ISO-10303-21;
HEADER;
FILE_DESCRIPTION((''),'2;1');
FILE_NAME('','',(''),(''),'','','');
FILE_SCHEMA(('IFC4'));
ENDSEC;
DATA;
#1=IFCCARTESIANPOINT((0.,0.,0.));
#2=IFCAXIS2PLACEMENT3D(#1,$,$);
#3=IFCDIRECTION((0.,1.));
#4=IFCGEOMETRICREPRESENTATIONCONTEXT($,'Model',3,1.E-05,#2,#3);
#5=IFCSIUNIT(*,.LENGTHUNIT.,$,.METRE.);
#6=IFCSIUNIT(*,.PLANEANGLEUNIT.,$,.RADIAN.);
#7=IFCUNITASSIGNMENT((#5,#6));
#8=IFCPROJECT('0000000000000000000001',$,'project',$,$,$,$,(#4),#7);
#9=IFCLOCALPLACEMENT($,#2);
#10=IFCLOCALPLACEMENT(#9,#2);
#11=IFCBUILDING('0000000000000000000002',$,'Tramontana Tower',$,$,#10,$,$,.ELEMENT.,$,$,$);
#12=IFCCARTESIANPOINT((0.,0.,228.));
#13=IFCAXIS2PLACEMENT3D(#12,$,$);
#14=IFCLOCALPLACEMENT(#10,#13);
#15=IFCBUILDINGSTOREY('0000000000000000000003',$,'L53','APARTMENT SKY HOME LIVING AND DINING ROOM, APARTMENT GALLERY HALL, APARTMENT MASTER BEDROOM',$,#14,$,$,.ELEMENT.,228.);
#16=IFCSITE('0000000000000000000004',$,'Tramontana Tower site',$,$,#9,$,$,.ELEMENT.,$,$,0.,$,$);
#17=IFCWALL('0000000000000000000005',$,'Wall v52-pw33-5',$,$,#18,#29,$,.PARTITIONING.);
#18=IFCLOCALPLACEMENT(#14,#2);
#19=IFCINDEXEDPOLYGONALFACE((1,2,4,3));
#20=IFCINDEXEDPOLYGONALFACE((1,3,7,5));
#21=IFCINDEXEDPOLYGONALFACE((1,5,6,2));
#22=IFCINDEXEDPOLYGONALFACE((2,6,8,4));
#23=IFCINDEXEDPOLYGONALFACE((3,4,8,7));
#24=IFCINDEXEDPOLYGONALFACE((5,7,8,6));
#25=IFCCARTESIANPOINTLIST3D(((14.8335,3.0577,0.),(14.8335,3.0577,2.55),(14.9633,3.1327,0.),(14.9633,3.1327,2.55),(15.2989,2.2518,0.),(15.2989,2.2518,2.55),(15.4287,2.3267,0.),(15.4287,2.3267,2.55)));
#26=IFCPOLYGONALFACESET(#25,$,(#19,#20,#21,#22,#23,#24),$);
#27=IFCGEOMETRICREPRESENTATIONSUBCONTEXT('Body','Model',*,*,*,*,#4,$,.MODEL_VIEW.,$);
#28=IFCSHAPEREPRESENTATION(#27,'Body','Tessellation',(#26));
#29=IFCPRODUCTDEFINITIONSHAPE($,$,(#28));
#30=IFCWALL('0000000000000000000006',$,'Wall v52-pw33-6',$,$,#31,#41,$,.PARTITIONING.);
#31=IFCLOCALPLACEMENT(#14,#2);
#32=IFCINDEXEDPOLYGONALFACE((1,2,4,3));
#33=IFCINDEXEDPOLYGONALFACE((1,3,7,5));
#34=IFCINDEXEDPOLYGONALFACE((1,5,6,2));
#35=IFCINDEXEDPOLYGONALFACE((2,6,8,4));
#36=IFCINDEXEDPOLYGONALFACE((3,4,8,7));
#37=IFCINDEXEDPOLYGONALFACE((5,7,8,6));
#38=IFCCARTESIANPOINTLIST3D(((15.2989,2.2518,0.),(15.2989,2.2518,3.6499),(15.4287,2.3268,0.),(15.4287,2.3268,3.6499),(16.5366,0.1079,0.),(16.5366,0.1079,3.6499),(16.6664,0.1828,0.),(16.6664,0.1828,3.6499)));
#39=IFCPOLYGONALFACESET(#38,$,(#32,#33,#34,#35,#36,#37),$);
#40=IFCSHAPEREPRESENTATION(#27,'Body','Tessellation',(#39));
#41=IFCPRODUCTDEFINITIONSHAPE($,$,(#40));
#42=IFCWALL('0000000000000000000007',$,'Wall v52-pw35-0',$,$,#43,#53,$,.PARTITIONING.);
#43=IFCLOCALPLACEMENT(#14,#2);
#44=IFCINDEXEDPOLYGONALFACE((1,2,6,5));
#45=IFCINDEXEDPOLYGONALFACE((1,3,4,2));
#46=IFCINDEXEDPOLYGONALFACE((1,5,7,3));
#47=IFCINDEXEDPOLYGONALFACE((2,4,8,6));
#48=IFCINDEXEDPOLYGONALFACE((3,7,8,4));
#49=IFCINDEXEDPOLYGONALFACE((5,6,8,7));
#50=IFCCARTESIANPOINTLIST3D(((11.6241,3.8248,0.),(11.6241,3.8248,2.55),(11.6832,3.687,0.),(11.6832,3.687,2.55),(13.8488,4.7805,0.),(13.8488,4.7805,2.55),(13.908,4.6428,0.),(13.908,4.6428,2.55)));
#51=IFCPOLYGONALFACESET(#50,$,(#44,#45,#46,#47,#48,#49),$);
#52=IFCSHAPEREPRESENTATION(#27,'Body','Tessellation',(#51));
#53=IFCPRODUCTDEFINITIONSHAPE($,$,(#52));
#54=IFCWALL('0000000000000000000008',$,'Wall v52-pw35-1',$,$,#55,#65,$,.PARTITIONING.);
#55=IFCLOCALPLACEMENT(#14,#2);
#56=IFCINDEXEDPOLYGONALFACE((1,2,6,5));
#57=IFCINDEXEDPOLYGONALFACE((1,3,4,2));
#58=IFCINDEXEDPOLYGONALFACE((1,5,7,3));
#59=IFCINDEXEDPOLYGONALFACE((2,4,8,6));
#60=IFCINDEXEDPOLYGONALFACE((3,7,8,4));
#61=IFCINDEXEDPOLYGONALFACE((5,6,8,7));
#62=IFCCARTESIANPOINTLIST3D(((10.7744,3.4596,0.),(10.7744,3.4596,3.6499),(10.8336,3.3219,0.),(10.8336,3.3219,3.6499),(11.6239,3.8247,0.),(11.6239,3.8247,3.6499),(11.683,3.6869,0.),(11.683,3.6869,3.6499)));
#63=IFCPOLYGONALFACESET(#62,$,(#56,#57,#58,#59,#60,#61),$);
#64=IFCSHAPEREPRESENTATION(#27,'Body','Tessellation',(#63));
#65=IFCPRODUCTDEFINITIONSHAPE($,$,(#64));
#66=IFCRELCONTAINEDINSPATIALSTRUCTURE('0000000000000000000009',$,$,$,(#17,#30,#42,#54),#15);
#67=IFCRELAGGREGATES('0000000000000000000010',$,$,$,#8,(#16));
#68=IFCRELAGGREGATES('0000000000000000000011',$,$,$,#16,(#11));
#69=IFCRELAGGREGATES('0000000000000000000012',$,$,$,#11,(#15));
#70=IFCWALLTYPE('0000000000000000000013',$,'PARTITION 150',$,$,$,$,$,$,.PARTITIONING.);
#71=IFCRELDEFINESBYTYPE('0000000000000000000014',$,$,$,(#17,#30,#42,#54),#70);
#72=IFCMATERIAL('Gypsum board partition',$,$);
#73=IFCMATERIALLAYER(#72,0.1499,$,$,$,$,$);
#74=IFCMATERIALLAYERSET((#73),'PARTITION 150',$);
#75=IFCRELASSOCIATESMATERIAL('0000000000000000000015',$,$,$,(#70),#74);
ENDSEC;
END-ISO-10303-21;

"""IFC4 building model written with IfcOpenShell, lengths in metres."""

from ifc_helpers import new_model, si_unit, direction, frame, frame_2d, origin, place, context, subcontext, project, spatial, rectangle, extrude, material, layer, layer_set, type_object, element, save


model = new_model("IFC4")

# Units and contexts
model_context = context("Model", 3, precision=1e-05, world=origin(), true_north=direction((0.0, 1.0)))
body_context = subcontext(model_context, "Body", "Model", "MODEL_VIEW")
ifc_project = project(units=[si_unit("LENGTHUNIT", "METRE"), si_unit("PLANEANGLEUNIT", "RADIAN")], contexts=[model_context])

# Site, building, storey
site_placement = place(None, origin())
site = spatial("IfcSite", under=ifc_project, at=site_placement, Name="Tramontana Tower site", CompositionType="ELEMENT", RefElevation=0.0)
building_placement = place(site_placement, origin())
building = spatial("IfcBuilding", under=site, at=building_placement, Name="Tramontana Tower", CompositionType="ELEMENT")
storey_placement = place(building_placement, frame((0.0, 0.0, 228.0)))
storey = spatial("IfcBuildingStorey", under=building, at=storey_placement, Name="L53", Description="APARTMENT SKY HOME LIVING AND DINING ROOM, APARTMENT GALLERY HALL, APARTMENT MASTER BEDROOM", CompositionType="ELEMENT", Elevation=228.0)

# Shared definitions
ifc_material_1 = material(Name="Gypsum board partition")
ifc_layer_1 = layer(ifc_material_1, 0.1499)
ifc_layer_set_1 = layer_set([ifc_layer_1], Name="PARTITION 150")
wall_type_1 = type_object("IfcWallType", Name="PARTITION 150", PredefinedType="PARTITIONING", material=ifc_layer_set_1)

# Walls
wall_1_placement = place(storey_placement, frame((14.8984, 3.0952, 0.0), z_axis=(0.0, 0.0, 1.0), x_axis=(0.500033, -0.866006, 0.0)))
element("IfcWall", 1, at=wall_1_placement, inside=storey, type_object=wall_type_1, Name="Wall v52-pw33-5", PredefinedType="PARTITIONING", context=body_context, shape_type="SweptSolid", body=[
    extrude(rectangle(XDim=0.9307, YDim=0.1499, at=frame_2d((0.4653, 0.0))), origin(), (0.0, 0.0, 1.0), 2.55),
])
wall_2_placement = place(storey_placement, frame((15.3638, 2.2893, 0.0), z_axis=(0.0, 0.0, 1.0), x_axis=(0.499979, -0.866038, 0.0)))
element("IfcWall", 2, at=wall_2_placement, inside=storey, type_object=wall_type_1, Name="Wall v52-pw33-6", PredefinedType="PARTITIONING", context=body_context, shape_type="SweptSolid", body=[
    extrude(rectangle(XDim=2.4756, YDim=0.1499, at=frame_2d((1.2378, 0.0))), origin(), (0.0, 0.0, 1.0), 3.6499),
])
wall_3_placement = place(storey_placement, frame((13.8784, 4.7117, 0.0), z_axis=(0.0, 0.0, 1.0), x_axis=(-0.9188, -0.394722, 0.0)))
element("IfcWall", 3, at=wall_3_placement, inside=storey, type_object=wall_type_1, Name="Wall v52-pw35-0", PredefinedType="PARTITIONING", context=body_context, shape_type="SweptSolid", body=[
    extrude(rectangle(XDim=2.4214, YDim=0.1499, at=frame_2d((1.2107, 0.0))), origin(), (0.0, 0.0, 1.0), 2.55),
])
wall_4_placement = place(storey_placement, frame((11.6536, 3.7559, 0.0), z_axis=(0.0, 0.0, 1.0), x_axis=(-0.918762, -0.394812, 0.0)))
element("IfcWall", 4, at=wall_4_placement, inside=storey, type_object=wall_type_1, Name="Wall v52-pw35-1", PredefinedType="PARTITIONING", context=body_context, shape_type="SweptSolid", body=[
    extrude(rectangle(XDim=0.9246, YDim=0.1499, at=frame_2d((0.4624, 0.0))), origin(), (0.0, 0.0, 1.0), 3.6499),
])

save(model, "model.ifc")
